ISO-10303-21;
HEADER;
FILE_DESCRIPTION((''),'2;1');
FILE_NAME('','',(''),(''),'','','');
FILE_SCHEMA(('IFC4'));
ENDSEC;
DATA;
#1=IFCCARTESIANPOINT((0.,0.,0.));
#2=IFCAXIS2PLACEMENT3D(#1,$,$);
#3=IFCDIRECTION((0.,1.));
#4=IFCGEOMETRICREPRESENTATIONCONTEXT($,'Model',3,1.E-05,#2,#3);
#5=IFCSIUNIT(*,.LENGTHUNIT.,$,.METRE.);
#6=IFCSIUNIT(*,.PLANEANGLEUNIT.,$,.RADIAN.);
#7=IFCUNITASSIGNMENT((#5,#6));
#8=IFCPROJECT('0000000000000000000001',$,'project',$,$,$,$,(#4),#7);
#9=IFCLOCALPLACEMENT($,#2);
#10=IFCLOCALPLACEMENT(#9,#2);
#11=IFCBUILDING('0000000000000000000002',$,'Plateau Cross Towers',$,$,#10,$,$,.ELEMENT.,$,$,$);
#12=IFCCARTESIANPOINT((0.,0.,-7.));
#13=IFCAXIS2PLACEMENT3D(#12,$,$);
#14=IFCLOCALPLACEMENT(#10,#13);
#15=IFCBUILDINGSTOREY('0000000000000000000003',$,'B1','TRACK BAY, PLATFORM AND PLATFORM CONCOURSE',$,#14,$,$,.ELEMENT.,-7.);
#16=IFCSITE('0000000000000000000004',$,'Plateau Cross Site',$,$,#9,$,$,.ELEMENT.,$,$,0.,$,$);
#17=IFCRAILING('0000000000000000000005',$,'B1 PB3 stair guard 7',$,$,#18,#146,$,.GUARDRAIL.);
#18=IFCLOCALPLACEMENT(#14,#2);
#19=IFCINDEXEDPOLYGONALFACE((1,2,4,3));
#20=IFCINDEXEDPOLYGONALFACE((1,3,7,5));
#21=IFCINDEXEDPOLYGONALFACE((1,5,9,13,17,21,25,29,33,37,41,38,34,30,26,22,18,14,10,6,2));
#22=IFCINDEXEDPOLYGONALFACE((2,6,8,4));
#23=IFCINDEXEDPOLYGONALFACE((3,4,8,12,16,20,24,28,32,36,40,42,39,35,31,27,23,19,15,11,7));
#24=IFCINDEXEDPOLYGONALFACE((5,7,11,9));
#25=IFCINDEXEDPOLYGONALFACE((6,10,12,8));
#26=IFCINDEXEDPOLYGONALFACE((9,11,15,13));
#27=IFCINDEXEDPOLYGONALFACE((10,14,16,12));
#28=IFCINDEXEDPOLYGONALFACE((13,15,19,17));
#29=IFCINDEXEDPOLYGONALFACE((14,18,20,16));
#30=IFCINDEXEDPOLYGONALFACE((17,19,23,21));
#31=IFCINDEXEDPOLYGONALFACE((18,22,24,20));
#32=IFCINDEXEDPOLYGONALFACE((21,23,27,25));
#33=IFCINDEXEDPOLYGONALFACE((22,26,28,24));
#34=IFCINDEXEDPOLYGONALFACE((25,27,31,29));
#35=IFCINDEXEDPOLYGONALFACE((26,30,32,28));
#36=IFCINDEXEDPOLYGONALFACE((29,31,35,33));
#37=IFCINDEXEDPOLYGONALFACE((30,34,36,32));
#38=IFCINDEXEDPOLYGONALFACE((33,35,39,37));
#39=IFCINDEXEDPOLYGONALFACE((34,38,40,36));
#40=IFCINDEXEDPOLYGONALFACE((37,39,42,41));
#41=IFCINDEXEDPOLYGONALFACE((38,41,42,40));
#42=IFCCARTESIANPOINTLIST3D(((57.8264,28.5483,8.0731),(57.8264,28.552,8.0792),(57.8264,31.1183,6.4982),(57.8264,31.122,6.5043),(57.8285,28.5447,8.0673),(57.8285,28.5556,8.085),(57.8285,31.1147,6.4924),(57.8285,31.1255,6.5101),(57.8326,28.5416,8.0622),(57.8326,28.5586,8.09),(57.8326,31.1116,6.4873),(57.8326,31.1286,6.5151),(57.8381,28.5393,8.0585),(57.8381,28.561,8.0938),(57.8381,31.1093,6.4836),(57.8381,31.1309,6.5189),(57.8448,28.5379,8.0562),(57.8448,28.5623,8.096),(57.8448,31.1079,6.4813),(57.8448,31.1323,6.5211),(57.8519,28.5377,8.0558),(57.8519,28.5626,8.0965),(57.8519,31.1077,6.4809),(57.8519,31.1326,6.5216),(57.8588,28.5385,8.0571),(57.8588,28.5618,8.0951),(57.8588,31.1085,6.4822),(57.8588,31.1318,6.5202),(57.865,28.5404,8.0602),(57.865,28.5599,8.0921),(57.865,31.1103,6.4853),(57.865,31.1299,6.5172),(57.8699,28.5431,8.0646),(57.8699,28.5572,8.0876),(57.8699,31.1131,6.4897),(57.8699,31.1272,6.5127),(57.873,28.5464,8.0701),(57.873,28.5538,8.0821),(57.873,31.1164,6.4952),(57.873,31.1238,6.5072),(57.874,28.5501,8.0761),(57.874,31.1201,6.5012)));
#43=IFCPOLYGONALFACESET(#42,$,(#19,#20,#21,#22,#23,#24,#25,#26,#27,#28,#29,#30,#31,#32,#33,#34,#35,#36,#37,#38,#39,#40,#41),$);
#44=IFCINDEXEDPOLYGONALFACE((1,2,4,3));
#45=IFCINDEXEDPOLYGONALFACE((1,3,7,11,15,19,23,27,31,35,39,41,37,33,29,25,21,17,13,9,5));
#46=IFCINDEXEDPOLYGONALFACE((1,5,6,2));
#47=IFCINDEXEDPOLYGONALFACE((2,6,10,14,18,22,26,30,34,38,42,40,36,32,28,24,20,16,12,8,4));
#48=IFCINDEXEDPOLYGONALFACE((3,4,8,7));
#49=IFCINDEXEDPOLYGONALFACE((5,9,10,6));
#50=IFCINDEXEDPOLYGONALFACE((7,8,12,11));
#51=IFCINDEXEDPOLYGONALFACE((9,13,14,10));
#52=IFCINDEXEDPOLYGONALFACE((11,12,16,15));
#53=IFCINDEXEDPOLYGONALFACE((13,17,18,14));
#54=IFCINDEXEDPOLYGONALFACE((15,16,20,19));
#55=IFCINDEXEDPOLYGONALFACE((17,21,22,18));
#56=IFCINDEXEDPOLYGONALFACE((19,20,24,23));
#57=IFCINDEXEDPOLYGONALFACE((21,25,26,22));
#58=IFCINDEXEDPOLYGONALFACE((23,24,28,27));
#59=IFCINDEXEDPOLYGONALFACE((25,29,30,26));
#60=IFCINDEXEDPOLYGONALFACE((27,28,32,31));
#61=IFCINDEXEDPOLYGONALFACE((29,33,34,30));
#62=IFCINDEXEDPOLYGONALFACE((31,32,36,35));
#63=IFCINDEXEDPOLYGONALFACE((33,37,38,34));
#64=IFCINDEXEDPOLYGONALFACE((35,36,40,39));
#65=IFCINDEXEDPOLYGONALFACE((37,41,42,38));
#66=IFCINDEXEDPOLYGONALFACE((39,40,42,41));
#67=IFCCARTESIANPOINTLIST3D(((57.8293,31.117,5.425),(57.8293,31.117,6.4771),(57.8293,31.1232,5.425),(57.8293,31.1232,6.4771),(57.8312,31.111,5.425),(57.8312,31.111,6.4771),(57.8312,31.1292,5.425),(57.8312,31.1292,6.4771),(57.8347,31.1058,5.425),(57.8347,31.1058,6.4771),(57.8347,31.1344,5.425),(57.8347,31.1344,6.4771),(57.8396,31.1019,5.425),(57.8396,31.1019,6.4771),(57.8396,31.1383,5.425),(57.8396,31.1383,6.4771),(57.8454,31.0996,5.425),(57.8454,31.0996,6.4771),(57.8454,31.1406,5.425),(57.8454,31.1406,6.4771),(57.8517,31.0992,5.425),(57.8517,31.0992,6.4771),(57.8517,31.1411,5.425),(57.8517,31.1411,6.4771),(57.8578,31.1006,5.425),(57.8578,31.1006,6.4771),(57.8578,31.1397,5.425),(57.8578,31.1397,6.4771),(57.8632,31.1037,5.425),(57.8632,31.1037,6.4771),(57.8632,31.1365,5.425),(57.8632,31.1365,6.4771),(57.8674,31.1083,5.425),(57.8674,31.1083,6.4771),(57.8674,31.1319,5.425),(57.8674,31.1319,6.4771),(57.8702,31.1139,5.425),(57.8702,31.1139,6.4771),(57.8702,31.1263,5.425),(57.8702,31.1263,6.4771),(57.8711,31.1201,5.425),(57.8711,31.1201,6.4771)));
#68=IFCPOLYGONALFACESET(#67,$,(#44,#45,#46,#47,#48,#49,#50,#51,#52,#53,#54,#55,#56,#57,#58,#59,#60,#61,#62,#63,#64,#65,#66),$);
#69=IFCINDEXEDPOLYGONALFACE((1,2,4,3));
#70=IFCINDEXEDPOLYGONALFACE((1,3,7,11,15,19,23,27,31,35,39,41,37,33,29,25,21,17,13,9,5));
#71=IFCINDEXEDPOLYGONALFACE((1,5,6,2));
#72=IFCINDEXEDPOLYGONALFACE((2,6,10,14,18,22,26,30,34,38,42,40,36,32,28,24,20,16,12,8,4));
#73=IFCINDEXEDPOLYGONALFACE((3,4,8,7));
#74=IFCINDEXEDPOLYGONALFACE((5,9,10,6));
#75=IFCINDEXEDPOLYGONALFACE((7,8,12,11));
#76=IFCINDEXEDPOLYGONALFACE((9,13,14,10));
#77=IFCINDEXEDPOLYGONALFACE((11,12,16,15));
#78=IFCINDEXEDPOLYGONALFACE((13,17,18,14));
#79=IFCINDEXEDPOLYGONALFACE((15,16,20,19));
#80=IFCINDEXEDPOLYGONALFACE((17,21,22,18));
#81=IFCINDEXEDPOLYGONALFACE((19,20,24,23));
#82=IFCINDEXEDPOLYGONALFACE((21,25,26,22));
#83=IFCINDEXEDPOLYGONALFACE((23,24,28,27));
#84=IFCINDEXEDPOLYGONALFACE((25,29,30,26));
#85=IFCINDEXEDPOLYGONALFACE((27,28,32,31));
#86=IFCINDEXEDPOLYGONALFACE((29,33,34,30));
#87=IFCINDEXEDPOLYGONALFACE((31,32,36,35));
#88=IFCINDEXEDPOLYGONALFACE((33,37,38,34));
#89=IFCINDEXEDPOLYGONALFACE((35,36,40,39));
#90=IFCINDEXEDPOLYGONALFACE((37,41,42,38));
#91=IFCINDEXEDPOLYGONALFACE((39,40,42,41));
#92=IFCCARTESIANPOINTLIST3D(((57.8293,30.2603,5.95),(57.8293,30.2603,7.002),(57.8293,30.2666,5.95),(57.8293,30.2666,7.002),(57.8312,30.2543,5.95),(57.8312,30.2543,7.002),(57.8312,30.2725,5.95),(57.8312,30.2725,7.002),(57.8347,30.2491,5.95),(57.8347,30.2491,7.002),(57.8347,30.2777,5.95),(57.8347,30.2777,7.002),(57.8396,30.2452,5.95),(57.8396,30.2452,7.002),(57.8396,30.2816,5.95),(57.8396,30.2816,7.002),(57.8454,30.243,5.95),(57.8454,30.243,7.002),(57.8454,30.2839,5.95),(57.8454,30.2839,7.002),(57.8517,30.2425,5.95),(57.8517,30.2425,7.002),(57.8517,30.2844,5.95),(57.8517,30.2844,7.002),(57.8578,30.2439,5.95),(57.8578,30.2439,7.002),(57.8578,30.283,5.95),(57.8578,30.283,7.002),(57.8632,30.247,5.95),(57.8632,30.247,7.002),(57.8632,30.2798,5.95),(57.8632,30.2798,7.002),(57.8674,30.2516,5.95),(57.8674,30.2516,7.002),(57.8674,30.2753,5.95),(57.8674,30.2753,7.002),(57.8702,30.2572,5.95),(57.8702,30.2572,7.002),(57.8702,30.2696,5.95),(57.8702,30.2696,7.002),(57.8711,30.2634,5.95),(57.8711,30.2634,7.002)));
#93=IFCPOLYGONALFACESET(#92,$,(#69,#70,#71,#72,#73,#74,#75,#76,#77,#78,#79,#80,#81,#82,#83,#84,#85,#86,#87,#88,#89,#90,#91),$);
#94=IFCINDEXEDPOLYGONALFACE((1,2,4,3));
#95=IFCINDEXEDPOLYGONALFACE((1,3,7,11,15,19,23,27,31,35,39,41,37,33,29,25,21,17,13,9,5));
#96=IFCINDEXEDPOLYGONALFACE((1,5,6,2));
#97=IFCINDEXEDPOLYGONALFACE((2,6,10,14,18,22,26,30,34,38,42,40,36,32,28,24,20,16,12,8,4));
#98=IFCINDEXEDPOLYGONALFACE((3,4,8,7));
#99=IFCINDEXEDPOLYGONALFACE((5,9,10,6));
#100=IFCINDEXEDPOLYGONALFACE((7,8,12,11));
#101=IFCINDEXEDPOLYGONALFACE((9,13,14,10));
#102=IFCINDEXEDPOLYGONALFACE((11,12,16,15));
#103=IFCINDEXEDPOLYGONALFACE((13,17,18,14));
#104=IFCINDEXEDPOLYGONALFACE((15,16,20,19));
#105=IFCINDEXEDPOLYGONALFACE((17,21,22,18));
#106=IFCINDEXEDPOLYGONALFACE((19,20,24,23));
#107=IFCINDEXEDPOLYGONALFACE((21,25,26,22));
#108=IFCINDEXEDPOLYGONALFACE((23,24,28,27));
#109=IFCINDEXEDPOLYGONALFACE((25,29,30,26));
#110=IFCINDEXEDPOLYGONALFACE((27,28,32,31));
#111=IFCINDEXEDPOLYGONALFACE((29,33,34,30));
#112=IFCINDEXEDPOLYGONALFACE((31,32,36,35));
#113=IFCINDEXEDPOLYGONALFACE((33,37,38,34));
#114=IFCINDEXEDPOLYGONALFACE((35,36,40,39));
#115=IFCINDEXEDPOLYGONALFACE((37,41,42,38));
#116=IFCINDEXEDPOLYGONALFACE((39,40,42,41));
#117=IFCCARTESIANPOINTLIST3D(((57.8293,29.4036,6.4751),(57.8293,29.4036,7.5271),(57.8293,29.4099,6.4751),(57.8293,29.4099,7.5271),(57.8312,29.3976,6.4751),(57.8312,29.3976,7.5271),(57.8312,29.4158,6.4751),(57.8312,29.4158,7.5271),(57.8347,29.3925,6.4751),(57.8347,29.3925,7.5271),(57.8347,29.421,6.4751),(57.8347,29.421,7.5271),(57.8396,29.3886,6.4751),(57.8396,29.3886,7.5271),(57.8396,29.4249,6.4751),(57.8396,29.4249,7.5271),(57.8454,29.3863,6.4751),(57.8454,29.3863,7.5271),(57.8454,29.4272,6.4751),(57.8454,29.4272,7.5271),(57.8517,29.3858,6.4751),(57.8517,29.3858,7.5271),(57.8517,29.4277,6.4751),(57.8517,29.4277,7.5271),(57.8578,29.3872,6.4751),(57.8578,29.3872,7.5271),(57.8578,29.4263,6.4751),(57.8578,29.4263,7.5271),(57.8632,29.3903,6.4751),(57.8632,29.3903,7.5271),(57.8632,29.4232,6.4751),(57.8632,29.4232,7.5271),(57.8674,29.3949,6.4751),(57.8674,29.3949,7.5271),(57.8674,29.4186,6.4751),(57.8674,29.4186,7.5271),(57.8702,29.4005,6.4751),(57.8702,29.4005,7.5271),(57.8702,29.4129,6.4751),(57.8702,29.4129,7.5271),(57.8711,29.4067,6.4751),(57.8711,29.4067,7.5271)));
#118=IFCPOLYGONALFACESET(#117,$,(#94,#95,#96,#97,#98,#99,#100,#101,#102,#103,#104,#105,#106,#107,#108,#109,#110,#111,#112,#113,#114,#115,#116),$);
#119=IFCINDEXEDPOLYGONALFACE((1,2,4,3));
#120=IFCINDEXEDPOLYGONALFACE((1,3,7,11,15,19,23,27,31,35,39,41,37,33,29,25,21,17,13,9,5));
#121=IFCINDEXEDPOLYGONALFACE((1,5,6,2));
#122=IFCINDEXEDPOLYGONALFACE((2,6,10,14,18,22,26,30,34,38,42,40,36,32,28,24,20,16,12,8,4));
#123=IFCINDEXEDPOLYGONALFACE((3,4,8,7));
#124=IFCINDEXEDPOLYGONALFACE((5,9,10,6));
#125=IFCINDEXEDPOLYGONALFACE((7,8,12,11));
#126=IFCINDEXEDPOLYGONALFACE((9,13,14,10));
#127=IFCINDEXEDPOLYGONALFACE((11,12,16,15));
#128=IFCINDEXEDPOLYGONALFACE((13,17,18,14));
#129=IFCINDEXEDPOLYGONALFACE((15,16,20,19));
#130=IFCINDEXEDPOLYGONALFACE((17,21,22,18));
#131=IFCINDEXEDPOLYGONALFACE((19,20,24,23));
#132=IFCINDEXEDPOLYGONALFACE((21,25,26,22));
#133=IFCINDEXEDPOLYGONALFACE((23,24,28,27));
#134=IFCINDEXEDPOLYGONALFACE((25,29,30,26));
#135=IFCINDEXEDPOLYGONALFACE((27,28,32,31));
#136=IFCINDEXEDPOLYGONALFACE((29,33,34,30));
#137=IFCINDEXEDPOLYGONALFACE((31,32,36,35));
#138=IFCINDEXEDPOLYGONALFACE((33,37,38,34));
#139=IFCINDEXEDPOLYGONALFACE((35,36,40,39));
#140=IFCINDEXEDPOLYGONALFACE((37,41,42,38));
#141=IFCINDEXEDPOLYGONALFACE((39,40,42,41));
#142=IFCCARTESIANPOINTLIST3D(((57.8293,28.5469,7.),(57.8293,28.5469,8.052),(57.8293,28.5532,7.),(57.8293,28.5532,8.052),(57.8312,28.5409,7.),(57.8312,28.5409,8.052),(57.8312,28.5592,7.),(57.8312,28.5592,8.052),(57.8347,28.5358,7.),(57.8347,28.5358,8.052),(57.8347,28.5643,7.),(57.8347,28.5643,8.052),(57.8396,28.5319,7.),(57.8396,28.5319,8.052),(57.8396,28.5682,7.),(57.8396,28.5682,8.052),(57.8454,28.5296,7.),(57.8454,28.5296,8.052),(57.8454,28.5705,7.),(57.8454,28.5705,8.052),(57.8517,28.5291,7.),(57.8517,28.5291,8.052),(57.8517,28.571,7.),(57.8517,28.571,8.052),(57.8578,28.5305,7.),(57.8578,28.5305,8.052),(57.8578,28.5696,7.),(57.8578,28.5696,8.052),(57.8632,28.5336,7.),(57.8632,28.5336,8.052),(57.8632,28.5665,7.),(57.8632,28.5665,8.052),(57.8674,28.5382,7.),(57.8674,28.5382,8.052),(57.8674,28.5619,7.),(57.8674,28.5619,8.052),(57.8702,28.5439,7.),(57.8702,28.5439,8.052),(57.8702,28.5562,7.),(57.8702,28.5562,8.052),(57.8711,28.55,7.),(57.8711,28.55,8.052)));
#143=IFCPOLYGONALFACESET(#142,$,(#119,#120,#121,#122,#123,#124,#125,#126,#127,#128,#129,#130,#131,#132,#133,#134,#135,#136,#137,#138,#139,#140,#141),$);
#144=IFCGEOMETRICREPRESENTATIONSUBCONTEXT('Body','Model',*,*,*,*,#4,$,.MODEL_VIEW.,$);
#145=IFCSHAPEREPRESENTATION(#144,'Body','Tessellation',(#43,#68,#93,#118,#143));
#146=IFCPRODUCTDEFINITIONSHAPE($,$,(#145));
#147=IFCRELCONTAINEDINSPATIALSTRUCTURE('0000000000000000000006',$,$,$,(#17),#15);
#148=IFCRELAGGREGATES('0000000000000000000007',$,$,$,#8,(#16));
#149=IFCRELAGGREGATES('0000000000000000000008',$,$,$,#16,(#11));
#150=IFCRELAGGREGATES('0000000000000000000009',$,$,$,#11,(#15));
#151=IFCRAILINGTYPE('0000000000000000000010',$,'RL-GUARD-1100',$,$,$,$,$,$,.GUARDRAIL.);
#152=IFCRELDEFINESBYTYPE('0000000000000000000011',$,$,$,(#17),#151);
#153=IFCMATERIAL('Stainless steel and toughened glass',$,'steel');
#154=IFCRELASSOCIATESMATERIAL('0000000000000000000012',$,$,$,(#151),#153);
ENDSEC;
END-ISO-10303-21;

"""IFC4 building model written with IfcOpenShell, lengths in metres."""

from ifc_helpers import new_model, si_unit, direction, frame, origin, origin_2d, place, context, subcontext, project, spatial, circle, extrude, material, type_object, element, save


model = new_model("IFC4")

# Units and contexts
model_context = context("Model", 3, precision=1e-05, world=origin(), true_north=direction((0.0, 1.0)))
body_context = subcontext(model_context, "Body", "Model", "MODEL_VIEW")
ifc_project = project(units=[si_unit("LENGTHUNIT", "METRE"), si_unit("PLANEANGLEUNIT", "RADIAN")], contexts=[model_context])

# Site, building, storey
site_placement = place(None, origin())
site = spatial("IfcSite", under=ifc_project, at=site_placement, Name="Plateau Cross Site", CompositionType="ELEMENT", RefElevation=0.0)
building_placement = place(site_placement, origin())
building = spatial("IfcBuilding", under=site, at=building_placement, Name="Plateau Cross Towers", CompositionType="ELEMENT")
storey_placement = place(building_placement, frame((0.0, 0.0, -7.0)))
storey = spatial("IfcBuildingStorey", under=building, at=storey_placement, Name="B1", Description="TRACK BAY, PLATFORM AND PLATFORM CONCOURSE", CompositionType="ELEMENT", Elevation=-7.0)

# Railing
ifc_material_1 = material(Name="Stainless steel and toughened glass", Category="steel")
railing_type_1 = type_object("IfcRailingType", Name="RL-GUARD-1100", PredefinedType="GUARDRAIL", material=ifc_material_1)
railing_1_placement = place(storey_placement, frame((57.8501, 31.1201, 5.425)))
element("IfcRailing", 1, at=railing_1_placement, inside=storey, type_object=railing_type_1, Name="B1 PB3 stair guard 7", PredefinedType="GUARDRAIL", context=body_context, shape_type="SweptSolid", body=[
    extrude(circle(Radius=0.0239, at=origin_2d()), frame((0.0, 0.0, 1.0762), z_axis=(0.0, -0.852639, 0.522501), x_axis=(1.0, 0.0, 0.0)), (0.0, 0.0, 1.0), 3.0142),
    extrude(circle(Radius=0.021, at=origin_2d()), origin(), (0.0, 0.0, 1.0), 1.052),
    extrude(circle(Radius=0.021, at=origin_2d()), frame((0.0, -0.8567, 0.5249)), (0.0, 0.0, 1.0), 1.052),
    extrude(circle(Radius=0.021, at=origin_2d()), frame((0.0, -1.7134, 1.05)), (0.0, 0.0, 1.0), 1.052),
    extrude(circle(Radius=0.021, at=origin_2d()), frame((0.0, -2.5701, 1.575)), (0.0, 0.0, 1.0), 1.052),
])

save(model, "model.ifc")
